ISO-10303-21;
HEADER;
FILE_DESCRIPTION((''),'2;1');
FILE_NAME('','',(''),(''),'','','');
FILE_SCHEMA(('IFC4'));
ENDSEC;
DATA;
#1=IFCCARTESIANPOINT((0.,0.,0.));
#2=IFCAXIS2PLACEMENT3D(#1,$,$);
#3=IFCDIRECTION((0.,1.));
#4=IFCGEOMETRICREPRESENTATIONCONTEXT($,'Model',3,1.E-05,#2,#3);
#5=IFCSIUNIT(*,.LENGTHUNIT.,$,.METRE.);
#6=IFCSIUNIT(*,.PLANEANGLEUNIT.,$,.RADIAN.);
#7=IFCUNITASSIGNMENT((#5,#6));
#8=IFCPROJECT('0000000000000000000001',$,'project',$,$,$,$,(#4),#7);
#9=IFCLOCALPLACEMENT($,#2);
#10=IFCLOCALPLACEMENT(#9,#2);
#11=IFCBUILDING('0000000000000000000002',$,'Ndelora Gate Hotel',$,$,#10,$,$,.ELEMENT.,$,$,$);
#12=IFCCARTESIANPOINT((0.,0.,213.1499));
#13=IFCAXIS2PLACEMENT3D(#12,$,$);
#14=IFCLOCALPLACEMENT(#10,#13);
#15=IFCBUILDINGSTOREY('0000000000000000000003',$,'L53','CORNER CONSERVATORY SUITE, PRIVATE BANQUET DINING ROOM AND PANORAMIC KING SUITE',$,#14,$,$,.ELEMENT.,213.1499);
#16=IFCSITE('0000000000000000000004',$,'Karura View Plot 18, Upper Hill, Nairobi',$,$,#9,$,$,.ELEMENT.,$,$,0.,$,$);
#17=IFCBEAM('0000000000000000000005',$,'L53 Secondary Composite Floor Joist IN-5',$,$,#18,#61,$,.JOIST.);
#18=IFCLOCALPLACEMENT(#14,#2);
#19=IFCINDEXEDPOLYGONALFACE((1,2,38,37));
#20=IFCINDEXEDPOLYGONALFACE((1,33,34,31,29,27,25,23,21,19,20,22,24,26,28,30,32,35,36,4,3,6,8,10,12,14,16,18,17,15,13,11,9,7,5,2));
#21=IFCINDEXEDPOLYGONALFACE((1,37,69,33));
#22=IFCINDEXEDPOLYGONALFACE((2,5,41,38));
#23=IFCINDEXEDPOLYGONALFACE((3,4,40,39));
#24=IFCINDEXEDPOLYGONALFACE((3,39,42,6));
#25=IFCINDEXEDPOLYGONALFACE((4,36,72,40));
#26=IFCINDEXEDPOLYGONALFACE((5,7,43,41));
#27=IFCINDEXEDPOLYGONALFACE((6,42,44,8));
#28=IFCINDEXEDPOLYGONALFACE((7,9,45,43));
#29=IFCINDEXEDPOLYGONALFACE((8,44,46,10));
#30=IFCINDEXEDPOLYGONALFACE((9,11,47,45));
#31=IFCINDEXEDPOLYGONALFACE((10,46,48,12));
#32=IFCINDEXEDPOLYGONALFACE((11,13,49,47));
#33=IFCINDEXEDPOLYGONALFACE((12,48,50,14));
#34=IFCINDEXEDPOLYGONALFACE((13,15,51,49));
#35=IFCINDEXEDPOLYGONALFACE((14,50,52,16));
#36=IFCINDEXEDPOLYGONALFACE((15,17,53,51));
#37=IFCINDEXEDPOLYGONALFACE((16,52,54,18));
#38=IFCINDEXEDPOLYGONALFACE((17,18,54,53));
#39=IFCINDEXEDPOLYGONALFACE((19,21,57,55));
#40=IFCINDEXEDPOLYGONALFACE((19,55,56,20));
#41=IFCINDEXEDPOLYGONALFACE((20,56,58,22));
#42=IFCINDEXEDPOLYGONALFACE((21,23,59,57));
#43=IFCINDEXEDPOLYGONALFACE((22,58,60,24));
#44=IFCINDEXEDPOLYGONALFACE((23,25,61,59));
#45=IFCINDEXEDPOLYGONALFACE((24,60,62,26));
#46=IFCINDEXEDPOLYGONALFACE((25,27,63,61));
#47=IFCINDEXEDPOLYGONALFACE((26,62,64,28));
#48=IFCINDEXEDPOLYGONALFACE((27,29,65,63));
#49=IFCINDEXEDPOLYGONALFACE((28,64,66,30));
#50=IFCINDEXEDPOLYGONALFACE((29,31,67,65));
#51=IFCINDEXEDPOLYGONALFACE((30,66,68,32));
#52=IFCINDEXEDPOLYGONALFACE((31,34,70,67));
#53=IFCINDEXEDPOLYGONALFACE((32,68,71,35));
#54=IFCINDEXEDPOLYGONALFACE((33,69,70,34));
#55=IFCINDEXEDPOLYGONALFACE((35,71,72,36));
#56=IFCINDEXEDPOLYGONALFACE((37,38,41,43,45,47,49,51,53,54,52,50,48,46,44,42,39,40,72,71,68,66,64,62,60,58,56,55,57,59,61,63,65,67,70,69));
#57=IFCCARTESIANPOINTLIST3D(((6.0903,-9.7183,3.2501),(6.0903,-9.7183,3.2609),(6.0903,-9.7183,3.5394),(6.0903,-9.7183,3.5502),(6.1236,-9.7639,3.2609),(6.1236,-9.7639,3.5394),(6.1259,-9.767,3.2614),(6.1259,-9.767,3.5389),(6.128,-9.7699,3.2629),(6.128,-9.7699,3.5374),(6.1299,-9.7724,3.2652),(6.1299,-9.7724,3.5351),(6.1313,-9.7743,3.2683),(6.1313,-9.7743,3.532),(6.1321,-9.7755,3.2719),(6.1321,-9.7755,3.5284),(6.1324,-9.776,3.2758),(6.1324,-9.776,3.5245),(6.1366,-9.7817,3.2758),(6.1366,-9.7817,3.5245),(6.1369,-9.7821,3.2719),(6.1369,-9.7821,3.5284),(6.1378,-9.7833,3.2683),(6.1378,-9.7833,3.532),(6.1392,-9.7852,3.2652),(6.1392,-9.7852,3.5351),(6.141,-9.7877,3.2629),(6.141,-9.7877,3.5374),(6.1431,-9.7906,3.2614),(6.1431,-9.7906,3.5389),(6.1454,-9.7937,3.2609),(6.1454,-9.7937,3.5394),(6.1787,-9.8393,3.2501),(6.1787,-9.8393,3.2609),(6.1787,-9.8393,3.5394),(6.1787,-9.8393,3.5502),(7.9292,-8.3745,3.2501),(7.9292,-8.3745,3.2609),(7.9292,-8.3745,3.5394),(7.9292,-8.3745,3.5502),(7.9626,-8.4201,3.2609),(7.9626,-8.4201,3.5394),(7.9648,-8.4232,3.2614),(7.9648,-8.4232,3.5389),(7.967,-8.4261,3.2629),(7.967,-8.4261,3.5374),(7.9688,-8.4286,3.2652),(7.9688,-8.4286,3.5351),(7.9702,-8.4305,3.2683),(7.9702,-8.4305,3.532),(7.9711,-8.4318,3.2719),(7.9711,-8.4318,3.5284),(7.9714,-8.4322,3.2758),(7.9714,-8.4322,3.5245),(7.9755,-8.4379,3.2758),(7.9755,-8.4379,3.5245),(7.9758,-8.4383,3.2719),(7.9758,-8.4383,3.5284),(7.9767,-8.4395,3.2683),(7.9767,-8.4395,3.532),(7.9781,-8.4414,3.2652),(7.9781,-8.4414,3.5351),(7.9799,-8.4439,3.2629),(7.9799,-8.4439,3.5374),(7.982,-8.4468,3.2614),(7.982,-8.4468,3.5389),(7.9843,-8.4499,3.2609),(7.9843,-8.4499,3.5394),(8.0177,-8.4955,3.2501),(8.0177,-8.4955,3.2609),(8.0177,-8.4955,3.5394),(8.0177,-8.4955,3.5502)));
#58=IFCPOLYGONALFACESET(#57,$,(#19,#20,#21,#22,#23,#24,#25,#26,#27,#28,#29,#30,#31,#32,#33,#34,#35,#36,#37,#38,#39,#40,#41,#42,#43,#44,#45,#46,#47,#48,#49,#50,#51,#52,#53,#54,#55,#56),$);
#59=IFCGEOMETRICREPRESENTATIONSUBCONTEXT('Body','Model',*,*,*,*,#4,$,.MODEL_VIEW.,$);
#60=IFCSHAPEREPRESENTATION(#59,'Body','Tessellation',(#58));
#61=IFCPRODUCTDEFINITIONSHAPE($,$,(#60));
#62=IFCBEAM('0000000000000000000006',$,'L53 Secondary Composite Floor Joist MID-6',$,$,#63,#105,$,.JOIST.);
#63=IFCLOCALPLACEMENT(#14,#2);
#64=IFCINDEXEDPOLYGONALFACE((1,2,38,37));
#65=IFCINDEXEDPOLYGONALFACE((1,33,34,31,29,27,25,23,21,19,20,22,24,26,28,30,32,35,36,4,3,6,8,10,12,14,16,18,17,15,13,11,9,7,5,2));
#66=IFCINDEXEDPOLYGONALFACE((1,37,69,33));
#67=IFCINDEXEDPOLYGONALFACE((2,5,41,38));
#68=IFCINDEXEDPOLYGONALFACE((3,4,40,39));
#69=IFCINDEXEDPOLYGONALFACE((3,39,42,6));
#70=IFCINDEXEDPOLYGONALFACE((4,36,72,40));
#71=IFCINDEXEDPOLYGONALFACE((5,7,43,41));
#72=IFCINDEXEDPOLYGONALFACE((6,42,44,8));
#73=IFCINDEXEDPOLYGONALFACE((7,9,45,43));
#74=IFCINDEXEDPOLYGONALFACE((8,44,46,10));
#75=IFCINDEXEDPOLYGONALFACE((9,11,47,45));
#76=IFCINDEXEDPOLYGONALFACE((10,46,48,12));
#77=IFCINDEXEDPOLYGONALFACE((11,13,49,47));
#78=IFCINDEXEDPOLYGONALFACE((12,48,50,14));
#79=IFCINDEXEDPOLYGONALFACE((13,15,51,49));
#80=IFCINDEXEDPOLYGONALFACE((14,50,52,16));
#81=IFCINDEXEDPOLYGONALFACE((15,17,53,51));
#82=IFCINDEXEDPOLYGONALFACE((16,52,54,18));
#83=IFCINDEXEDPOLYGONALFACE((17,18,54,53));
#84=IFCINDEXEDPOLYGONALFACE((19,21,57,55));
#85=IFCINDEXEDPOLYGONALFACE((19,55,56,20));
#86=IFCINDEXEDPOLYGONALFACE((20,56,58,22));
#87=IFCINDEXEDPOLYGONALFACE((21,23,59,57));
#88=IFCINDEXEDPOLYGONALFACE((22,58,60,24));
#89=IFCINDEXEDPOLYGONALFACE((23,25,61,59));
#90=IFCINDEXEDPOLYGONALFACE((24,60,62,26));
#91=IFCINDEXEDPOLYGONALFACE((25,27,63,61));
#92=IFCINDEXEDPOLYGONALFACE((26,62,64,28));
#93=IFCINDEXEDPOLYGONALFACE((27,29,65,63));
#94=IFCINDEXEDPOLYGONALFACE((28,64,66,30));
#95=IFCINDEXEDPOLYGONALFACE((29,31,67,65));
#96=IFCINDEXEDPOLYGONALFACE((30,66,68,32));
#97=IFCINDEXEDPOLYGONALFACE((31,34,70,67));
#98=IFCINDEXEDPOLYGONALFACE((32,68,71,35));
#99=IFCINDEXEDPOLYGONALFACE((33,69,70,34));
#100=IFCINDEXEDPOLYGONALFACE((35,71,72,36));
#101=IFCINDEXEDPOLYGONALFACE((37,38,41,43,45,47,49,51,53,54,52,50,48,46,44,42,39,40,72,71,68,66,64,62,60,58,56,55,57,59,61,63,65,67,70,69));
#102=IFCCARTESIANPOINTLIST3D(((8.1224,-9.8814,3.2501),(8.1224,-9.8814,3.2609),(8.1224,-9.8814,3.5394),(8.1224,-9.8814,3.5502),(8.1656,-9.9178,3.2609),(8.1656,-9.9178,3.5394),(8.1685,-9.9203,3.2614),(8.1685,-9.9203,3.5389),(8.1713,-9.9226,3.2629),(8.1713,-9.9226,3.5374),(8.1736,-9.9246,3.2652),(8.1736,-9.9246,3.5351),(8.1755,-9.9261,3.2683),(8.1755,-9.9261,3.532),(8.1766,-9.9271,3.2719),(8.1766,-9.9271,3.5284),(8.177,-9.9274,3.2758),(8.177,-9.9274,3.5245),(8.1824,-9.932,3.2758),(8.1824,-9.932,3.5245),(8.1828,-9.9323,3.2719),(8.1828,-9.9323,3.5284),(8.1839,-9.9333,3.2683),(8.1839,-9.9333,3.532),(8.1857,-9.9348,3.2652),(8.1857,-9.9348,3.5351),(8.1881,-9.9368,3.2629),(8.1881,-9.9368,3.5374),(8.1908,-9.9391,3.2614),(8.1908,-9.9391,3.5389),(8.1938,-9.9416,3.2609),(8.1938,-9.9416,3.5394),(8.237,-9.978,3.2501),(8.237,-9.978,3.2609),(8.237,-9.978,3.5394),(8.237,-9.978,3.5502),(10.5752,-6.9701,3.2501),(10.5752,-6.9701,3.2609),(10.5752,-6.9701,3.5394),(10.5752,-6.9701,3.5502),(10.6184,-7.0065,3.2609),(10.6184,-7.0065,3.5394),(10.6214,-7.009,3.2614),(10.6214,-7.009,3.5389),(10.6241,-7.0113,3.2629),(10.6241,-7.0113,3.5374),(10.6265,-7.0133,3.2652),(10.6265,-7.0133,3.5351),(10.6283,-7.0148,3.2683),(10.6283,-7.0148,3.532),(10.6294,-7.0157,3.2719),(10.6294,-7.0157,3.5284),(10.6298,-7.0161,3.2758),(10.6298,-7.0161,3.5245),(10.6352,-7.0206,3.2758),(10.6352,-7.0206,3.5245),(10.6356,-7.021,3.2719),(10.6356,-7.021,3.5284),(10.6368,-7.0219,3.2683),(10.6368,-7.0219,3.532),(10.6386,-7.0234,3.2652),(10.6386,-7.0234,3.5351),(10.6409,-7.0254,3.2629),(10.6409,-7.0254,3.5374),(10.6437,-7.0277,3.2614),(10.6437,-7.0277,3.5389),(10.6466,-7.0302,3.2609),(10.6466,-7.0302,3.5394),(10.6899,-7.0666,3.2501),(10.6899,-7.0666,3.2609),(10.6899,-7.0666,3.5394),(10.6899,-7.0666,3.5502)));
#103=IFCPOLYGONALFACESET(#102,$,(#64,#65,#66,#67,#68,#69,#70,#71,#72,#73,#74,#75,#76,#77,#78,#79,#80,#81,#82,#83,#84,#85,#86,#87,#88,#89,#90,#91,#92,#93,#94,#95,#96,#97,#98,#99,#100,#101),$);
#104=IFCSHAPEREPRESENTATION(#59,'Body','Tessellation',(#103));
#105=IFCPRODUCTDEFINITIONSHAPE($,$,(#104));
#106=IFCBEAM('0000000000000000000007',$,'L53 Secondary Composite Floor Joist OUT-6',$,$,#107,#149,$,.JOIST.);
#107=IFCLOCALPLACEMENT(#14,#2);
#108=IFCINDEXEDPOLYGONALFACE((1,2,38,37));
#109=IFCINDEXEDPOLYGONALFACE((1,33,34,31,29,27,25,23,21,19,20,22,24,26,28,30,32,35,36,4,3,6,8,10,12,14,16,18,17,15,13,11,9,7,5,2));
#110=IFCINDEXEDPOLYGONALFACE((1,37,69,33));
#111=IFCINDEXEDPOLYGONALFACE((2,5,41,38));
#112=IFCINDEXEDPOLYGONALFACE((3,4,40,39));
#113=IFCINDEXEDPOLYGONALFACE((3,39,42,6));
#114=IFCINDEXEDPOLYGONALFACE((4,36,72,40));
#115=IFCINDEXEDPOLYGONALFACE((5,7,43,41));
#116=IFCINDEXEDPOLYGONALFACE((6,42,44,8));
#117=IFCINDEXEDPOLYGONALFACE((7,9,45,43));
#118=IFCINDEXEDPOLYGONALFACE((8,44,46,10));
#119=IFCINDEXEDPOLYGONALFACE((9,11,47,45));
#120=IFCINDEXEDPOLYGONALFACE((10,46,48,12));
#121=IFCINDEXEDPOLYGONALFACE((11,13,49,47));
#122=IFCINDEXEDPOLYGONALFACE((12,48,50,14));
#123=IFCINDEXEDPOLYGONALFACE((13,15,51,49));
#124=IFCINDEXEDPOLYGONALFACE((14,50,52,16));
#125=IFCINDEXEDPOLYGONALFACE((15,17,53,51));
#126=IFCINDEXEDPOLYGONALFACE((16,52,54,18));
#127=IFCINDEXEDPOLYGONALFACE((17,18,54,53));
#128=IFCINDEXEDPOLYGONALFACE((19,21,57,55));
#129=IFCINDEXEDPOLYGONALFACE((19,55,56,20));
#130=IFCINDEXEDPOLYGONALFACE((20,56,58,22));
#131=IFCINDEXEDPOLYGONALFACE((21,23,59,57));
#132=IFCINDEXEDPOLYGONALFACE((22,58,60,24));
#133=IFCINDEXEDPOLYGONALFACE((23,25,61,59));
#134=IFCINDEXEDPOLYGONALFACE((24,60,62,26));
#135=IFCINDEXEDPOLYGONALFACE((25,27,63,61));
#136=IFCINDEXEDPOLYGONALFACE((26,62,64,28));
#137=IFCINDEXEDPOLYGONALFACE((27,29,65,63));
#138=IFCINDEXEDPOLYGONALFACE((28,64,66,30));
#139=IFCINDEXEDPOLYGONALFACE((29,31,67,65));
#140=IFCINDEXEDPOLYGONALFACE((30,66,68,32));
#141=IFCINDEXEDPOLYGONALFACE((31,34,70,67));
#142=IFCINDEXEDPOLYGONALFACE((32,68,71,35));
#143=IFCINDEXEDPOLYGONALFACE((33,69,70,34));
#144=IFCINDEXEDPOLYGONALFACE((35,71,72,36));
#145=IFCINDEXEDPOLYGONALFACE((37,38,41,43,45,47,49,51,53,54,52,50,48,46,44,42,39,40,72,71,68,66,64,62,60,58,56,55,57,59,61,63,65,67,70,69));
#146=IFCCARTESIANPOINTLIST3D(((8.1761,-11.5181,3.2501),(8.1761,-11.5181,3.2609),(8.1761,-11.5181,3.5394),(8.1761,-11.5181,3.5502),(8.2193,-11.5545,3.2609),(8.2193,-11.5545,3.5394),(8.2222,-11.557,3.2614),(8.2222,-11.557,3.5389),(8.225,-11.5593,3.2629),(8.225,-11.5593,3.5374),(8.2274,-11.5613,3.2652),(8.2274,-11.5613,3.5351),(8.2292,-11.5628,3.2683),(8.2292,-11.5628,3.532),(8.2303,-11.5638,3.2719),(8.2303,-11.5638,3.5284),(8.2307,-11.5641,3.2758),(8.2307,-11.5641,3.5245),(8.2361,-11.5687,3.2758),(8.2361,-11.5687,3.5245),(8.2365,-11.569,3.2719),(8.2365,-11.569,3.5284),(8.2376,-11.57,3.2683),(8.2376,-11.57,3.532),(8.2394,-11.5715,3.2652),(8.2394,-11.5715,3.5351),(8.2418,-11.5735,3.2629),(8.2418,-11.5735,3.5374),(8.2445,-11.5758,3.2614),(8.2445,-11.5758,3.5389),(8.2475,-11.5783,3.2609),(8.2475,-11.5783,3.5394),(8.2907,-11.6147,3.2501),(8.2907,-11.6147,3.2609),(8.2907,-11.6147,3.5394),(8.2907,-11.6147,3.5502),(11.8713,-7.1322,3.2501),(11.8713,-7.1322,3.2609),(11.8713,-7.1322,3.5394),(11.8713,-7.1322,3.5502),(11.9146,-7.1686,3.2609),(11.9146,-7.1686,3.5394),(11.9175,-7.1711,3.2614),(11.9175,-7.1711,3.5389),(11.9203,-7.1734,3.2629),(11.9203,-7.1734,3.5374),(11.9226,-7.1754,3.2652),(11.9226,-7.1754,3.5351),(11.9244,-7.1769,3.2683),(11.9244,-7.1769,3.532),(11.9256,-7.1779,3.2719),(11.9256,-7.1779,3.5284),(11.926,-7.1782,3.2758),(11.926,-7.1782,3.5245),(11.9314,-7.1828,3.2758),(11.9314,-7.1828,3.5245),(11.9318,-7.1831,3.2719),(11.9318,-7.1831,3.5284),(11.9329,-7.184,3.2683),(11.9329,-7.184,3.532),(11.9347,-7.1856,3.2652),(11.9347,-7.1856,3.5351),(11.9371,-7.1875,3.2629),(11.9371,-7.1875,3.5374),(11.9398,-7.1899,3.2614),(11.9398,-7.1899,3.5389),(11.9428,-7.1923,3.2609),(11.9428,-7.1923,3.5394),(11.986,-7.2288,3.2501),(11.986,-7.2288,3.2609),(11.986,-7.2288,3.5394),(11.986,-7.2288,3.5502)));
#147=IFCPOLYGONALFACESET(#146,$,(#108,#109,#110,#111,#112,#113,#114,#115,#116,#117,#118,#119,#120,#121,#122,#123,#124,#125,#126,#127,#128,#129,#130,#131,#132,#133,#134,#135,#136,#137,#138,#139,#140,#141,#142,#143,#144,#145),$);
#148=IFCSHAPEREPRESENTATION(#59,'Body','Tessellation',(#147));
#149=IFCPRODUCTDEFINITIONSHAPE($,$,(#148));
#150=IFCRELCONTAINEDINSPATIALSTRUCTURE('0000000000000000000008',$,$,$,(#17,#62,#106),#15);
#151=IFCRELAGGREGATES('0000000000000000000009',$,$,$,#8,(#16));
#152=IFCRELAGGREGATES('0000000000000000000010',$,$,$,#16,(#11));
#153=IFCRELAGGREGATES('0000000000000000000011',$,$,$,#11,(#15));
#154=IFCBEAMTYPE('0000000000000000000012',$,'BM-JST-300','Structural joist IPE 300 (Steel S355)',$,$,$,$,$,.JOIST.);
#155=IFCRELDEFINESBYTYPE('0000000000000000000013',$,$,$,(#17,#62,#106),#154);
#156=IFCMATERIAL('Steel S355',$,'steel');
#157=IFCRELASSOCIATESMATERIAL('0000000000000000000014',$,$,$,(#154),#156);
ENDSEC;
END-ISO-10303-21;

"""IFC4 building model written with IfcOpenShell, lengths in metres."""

from ifc_helpers import new_model, si_unit, direction, frame, origin, origin_2d, place, context, subcontext, project, spatial, i_section, extrude, material, material_profile, profile_set, type_object, element, save


model = new_model("IFC4")

# Units and contexts
model_context = context("Model", 3, precision=1e-05, world=origin(), true_north=direction((0.0, 1.0)))
body_context = subcontext(model_context, "Body", "Model", "MODEL_VIEW")
ifc_project = project(units=[si_unit("LENGTHUNIT", "METRE"), si_unit("PLANEANGLEUNIT", "RADIAN")], contexts=[model_context])

# Site, building, storey
site_placement = place(None, origin())
site = spatial("IfcSite", under=ifc_project, at=site_placement, Name="Karura View Plot 18, Upper Hill, Nairobi", CompositionType="ELEMENT", RefElevation=0.0)
building_placement = place(site_placement, origin())
building = spatial("IfcBuilding", under=site, at=building_placement, Name="Ndelora Gate Hotel", CompositionType="ELEMENT")
storey_placement = place(building_placement, frame((0.0, 0.0, 213.1499)))
storey = spatial("IfcBuildingStorey", under=building, at=storey_placement, Name="L53", Description="CORNER CONSERVATORY SUITE, PRIVATE BANQUET DINING ROOM AND PANORAMIC KING SUITE", CompositionType="ELEMENT", Elevation=213.1499)

# Beams
ifc_material_1 = material(Name="Steel S355", Category="steel")
ifc_material_profile_1 = material_profile(ifc_material_1, i_section(OverallWidth=0.1499, OverallDepth=0.3, WebThickness=0.0071, FlangeThickness=0.0107, FilletRadius=0.0149, at=origin_2d()), Name="IPE 300")
ifc_profile_set_1 = profile_set([ifc_material_profile_1], Name="Steel S355")
beam_type = type_object("IfcBeamType", Name="BM-JST-300", Description="Structural joist IPE 300 (Steel S355)", PredefinedType="JOIST", material=ifc_profile_set_1)
beam_1_placement = place(storey_placement, frame((6.1345, -9.7788, 3.4001), z_axis=(0.807399, 0.590006, 0.0), x_axis=(-0.590006, 0.807399, 0.0)))
element("IfcBeam", 1, at=beam_1_placement, inside=storey, type_object=beam_type, Name="L53 Secondary Composite Floor Joist IN-5", PredefinedType="JOIST", context=body_context, shape_type="SweptSolid", body=[
    extrude(i_section(OverallWidth=0.1499, OverallDepth=0.3, WebThickness=0.0071, FlangeThickness=0.0107, FilletRadius=0.0149, at=origin_2d()), origin(), (0.0, 0.0, 1.0), 2.2776),
])
beam_2_placement = place(storey_placement, frame((8.1797, -9.9297, 3.4001), z_axis=(0.644319, 0.764757, 0.0), x_axis=(-0.764757, 0.644319, 0.0)))
element("IfcBeam", 2, at=beam_2_placement, inside=storey, type_object=beam_type, Name="L53 Secondary Composite Floor Joist MID-6", PredefinedType="JOIST", context=body_context, shape_type="SweptSolid", body=[
    extrude(i_section(OverallWidth=0.1499, OverallDepth=0.3, WebThickness=0.0071, FlangeThickness=0.0107, FilletRadius=0.0149, at=origin_2d()), origin(), (0.0, 0.0, 1.0), 3.8069),
])
beam_3_placement = place(storey_placement, frame((8.2334, -11.5664, 3.4001), z_axis=(0.644324, 0.764752, 0.0), x_axis=(-0.764752, 0.644324, 0.0)))
element("IfcBeam", 3, at=beam_3_placement, inside=storey, type_object=beam_type, Name="L53 Secondary Composite Floor Joist OUT-6", PredefinedType="JOIST", context=body_context, shape_type="SweptSolid", body=[
    extrude(i_section(OverallWidth=0.1499, OverallDepth=0.3, WebThickness=0.0071, FlangeThickness=0.0107, FilletRadius=0.0149, at=origin_2d()), origin(), (0.0, 0.0, 1.0), 5.7351),
])

save(model, "model.ifc")
